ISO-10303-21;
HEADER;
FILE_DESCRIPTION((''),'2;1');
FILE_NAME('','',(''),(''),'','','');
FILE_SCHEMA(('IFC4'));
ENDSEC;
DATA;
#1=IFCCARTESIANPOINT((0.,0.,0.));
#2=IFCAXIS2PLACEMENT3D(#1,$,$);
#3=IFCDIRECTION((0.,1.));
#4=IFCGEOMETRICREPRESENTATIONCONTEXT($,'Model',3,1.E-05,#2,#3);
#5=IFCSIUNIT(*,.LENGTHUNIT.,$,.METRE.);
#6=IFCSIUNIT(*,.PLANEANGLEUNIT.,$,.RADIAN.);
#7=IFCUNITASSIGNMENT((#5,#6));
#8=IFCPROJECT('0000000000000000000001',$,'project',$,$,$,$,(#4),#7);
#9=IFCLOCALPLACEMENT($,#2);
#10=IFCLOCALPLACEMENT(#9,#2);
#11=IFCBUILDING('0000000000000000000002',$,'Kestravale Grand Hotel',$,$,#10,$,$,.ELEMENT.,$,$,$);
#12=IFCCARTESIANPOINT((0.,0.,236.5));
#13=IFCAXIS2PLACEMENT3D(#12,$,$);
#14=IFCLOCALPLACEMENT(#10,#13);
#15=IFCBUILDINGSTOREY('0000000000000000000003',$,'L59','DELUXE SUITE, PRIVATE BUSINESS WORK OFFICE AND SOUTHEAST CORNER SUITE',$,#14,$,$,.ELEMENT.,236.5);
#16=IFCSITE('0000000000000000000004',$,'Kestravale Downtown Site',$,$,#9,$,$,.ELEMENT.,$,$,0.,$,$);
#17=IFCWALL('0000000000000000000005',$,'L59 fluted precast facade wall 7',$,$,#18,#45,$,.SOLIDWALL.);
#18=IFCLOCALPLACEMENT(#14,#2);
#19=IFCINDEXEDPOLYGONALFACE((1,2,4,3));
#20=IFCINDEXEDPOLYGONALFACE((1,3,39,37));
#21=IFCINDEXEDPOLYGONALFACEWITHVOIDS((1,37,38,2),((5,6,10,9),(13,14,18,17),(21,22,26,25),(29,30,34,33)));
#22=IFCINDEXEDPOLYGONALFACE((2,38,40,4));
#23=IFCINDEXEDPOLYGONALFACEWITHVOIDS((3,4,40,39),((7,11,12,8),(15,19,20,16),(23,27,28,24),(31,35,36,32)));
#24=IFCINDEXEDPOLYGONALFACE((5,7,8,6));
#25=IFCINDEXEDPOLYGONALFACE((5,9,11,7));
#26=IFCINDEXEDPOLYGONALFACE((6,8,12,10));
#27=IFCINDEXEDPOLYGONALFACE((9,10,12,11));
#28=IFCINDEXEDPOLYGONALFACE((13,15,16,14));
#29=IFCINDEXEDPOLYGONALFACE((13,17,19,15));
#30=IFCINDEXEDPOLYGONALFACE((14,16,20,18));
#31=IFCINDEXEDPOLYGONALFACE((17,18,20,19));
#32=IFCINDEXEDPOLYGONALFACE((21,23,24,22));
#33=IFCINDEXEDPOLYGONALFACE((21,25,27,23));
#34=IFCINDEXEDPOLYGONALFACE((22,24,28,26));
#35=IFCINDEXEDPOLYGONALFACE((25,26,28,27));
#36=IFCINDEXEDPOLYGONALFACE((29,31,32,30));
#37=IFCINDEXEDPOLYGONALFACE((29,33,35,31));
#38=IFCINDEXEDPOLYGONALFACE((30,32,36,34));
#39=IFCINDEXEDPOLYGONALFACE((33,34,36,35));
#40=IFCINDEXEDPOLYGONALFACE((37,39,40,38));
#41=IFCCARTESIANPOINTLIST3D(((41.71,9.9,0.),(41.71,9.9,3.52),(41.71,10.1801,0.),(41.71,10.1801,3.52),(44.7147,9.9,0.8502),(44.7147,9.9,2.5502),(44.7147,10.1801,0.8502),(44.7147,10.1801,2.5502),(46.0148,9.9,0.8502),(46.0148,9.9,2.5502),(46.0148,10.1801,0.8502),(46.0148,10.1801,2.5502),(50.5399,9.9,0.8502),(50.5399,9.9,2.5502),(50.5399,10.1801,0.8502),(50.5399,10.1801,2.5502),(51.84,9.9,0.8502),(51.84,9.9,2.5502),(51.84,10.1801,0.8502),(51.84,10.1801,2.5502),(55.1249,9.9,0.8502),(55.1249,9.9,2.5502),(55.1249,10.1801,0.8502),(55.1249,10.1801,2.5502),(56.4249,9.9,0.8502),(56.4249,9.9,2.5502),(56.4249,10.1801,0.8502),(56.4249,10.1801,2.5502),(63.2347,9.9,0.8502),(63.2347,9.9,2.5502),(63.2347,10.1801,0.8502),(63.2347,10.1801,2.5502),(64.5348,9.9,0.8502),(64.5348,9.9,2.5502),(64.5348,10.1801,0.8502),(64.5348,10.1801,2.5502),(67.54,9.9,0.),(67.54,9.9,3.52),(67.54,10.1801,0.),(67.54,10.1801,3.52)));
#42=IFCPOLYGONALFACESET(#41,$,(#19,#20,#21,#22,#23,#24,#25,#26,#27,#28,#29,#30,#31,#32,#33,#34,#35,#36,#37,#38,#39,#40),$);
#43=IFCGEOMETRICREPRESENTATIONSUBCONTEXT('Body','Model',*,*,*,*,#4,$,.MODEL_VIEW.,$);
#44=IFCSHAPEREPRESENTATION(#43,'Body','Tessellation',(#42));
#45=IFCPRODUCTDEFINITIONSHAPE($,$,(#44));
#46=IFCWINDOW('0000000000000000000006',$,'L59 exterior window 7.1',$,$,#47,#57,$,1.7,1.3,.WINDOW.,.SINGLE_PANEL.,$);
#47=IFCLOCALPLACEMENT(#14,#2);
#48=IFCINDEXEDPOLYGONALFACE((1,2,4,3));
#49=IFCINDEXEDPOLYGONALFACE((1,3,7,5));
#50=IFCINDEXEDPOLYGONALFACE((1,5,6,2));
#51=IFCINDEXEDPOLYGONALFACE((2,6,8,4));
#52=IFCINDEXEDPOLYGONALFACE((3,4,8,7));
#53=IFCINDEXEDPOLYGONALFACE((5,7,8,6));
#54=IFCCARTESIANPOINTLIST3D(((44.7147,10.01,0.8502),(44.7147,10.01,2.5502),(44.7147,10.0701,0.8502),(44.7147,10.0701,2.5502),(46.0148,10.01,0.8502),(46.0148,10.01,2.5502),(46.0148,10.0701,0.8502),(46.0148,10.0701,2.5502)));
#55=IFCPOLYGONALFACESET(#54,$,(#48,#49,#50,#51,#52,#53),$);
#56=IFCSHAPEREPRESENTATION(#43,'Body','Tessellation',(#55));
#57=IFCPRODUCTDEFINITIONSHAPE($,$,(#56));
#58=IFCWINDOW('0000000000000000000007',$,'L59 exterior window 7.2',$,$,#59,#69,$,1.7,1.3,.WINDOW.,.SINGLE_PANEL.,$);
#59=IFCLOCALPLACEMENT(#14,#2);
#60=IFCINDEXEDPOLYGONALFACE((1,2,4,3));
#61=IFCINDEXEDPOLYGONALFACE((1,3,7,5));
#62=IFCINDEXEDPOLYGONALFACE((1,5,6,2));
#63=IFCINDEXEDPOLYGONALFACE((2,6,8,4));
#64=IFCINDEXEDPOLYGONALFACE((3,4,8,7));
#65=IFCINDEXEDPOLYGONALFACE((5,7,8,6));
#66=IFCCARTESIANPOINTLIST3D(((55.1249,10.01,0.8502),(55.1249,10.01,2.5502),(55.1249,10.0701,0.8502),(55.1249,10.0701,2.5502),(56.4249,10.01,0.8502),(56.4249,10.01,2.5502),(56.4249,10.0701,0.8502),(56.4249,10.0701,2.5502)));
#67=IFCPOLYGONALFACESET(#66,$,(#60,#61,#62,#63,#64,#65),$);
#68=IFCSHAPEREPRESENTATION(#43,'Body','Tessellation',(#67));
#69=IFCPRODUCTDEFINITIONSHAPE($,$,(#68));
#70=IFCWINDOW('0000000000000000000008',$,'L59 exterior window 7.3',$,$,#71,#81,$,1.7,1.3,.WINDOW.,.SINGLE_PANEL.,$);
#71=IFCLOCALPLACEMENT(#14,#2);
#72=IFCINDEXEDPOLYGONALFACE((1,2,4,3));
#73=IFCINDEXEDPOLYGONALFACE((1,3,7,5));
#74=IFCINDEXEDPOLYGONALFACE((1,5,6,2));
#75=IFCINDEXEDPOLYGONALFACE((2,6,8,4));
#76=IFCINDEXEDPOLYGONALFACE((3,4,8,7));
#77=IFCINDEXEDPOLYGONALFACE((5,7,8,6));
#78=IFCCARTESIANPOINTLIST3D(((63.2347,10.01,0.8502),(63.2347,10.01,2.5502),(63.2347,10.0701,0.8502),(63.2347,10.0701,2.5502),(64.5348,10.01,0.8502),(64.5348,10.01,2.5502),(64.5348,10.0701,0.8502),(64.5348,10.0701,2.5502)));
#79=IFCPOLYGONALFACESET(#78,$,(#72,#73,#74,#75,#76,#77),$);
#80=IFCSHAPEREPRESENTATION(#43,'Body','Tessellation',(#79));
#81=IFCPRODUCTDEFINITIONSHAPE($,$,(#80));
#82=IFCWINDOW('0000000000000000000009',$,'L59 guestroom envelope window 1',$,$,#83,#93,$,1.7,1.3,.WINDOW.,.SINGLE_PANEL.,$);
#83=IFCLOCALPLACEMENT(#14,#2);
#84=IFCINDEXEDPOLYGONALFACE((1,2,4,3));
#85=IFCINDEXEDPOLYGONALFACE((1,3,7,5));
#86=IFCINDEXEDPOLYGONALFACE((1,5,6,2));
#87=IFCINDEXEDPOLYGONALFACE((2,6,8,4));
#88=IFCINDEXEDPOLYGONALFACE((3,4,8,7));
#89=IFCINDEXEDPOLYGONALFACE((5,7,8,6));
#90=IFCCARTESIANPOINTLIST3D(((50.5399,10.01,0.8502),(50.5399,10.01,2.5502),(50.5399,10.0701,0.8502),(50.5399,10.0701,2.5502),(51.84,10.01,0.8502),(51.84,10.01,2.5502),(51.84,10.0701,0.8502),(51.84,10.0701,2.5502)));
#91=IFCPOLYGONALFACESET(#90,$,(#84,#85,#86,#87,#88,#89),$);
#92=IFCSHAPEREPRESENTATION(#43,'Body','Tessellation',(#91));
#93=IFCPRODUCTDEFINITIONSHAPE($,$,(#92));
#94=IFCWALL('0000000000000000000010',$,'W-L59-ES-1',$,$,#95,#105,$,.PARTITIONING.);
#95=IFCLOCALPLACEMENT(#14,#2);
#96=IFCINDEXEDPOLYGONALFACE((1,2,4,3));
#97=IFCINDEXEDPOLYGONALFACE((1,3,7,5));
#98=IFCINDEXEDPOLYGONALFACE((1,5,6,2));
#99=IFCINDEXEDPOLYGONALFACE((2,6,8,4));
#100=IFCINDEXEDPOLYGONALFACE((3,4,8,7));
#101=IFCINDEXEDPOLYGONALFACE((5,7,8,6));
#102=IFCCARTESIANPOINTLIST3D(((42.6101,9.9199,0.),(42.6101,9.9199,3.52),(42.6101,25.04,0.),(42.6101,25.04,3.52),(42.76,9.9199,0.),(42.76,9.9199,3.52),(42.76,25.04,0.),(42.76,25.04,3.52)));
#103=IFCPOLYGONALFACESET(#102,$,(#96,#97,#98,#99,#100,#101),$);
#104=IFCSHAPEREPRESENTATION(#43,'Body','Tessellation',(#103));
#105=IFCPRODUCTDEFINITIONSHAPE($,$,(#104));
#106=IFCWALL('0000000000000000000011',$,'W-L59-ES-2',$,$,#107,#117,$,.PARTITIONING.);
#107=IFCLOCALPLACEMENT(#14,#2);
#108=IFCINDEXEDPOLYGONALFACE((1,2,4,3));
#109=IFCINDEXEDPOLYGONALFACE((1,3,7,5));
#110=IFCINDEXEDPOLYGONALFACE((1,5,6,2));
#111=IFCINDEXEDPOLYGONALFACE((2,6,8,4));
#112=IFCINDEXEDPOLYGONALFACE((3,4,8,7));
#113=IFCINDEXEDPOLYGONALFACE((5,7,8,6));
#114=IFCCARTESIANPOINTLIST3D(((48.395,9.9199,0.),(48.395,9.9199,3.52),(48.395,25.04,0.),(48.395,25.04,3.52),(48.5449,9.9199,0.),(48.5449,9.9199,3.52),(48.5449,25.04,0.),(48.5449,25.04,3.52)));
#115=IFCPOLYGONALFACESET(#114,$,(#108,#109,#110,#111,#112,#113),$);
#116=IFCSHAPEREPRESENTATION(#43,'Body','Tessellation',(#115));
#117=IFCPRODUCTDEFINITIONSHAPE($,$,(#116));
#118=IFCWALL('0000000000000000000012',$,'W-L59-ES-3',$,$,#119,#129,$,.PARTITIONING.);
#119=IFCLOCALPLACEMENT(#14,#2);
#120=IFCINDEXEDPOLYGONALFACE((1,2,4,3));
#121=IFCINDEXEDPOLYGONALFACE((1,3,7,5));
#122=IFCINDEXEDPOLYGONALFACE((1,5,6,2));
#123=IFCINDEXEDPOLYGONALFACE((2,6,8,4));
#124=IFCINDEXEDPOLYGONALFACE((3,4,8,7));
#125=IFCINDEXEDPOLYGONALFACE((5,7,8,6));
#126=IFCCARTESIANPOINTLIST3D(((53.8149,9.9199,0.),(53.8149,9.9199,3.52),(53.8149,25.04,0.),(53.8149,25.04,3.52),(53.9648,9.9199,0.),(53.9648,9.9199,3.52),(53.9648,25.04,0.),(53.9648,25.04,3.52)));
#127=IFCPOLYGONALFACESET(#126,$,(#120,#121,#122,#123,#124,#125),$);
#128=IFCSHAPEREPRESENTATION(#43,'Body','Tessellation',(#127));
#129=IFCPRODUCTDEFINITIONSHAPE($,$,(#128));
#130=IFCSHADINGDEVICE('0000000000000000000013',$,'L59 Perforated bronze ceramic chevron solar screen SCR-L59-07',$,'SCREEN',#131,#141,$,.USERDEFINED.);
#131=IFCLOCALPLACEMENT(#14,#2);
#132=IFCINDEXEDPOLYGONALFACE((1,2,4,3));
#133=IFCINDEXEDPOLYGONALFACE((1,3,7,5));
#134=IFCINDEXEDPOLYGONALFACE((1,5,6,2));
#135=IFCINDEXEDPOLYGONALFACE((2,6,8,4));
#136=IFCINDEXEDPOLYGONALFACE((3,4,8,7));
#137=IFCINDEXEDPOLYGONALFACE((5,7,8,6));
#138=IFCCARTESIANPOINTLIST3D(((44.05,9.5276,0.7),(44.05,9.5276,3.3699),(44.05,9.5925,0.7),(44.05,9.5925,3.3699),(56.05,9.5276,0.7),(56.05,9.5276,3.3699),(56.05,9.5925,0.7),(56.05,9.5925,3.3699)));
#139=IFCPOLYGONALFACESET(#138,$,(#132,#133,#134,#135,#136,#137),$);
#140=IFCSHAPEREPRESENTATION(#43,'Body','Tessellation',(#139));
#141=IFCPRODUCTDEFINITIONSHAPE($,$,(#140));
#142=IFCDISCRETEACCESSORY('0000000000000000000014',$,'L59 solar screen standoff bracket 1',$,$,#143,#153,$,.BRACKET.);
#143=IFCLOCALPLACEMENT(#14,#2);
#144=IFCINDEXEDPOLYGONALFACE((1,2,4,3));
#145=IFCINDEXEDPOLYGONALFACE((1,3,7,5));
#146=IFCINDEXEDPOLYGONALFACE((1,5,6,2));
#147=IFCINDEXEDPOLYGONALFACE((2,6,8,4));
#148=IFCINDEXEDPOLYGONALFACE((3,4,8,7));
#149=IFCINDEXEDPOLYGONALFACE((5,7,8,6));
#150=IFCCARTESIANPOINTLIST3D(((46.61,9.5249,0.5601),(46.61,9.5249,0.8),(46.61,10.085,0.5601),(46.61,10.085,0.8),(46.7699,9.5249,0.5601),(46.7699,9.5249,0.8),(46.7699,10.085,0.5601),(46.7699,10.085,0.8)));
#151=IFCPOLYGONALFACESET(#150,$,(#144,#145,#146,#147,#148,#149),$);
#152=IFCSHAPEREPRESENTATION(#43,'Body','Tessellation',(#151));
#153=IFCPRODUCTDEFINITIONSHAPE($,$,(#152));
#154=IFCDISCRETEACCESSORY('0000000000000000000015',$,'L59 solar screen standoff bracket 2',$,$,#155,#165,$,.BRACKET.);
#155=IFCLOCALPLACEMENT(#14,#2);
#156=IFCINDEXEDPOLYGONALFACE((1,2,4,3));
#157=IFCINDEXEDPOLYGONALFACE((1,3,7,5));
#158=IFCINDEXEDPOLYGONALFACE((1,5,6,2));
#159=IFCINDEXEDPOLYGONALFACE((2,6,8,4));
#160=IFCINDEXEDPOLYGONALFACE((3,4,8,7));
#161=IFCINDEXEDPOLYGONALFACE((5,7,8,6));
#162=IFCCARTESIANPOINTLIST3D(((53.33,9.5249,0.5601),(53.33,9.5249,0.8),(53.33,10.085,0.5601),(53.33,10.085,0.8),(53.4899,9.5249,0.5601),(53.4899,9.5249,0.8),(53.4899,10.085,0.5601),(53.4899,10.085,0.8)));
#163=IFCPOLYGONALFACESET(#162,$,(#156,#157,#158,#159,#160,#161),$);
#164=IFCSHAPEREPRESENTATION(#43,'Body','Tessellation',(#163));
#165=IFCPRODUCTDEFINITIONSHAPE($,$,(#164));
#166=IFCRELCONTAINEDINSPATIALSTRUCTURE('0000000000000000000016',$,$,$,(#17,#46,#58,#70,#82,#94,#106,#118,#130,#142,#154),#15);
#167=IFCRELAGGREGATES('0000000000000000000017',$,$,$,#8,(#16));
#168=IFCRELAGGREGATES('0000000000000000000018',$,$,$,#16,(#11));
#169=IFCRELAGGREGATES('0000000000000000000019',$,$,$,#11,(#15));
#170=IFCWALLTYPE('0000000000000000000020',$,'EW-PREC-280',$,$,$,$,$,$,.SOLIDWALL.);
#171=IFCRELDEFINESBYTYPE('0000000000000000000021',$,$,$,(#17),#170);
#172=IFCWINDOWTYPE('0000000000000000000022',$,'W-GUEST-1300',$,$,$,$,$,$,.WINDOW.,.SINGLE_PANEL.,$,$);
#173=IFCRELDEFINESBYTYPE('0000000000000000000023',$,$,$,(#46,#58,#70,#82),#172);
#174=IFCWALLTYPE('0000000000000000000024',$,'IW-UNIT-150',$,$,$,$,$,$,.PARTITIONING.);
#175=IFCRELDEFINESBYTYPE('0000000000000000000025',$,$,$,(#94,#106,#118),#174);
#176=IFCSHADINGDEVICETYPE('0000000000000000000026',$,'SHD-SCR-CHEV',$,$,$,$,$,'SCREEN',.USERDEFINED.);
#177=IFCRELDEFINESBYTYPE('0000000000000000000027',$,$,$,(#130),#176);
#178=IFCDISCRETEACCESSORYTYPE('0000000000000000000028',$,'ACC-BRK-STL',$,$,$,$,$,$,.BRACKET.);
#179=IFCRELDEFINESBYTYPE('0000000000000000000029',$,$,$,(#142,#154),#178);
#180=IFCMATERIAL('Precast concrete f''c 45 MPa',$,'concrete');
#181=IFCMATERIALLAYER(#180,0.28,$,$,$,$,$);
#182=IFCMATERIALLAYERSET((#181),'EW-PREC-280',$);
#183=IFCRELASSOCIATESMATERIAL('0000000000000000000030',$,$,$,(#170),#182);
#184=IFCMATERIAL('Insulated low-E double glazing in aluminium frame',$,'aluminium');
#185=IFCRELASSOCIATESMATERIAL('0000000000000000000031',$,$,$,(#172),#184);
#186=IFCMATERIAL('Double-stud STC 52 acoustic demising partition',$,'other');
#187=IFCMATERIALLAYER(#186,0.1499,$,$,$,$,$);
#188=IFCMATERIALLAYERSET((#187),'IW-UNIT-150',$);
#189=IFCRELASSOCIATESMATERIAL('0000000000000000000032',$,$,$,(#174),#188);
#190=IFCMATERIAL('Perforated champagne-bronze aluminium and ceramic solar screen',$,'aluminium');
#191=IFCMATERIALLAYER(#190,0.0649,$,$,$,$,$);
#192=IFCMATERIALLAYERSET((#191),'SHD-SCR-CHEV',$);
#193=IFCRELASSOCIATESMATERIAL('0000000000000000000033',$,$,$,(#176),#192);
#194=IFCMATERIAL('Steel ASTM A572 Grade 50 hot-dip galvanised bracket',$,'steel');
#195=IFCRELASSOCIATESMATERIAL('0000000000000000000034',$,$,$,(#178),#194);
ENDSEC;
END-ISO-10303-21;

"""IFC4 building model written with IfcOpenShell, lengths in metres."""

from ifc_helpers import new_model, si_unit, direction, frame, frame_2d, origin, origin_2d, place, context, subcontext, project, spatial, rectangle, extrude, material, layer, layer_set, type_object, element, fill, save


model = new_model("IFC4")

# Units and contexts
model_context = context("Model", 3, precision=1e-05, world=origin(), true_north=direction((0.0, 1.0)))
body_context = subcontext(model_context, "Body", "Model", "MODEL_VIEW")
ifc_project = project(units=[si_unit("LENGTHUNIT", "METRE"), si_unit("PLANEANGLEUNIT", "RADIAN")], contexts=[model_context])

# Site, building, storey
site_placement = place(None, origin())
site = spatial("IfcSite", under=ifc_project, at=site_placement, Name="Kestravale Downtown Site", CompositionType="ELEMENT", RefElevation=0.0)
building_placement = place(site_placement, origin())
building = spatial("IfcBuilding", under=site, at=building_placement, Name="Kestravale Grand Hotel", CompositionType="ELEMENT")
storey_placement = place(building_placement, frame((0.0, 0.0, 236.5)))
storey = spatial("IfcBuildingStorey", under=building, at=storey_placement, Name="L59", Description="DELUXE SUITE, PRIVATE BUSINESS WORK OFFICE AND SOUTHEAST CORNER SUITE", CompositionType="ELEMENT", Elevation=236.5)

# Shared definitions
ifc_material_1 = material(Name="Precast concrete f'c 45 MPa", Category="concrete")
ifc_layer_1 = layer(ifc_material_1, 0.28)
ifc_layer_set_1 = layer_set([ifc_layer_1], Name="EW-PREC-280")
wall_type_1 = type_object("IfcWallType", Name="EW-PREC-280", PredefinedType="SOLIDWALL", material=ifc_layer_set_1)
ifc_material_2 = material(Name="Insulated low-E double glazing in aluminium frame", Category="aluminium")
window_type = type_object("IfcWindowType", Name="W-GUEST-1300", PartitioningType="SINGLE_PANEL", PredefinedType="WINDOW", material=ifc_material_2)

# Wall, openings, windows
wall_1_placement = place(storey_placement, frame((41.71, 10.04, 0.0), z_axis=(0.0, 0.0, 1.0), x_axis=(1.0, 0.0, 0.0)))
wall_1 = element("IfcWall", 1, at=wall_1_placement, inside=storey, type_object=wall_type_1, Name="L59 fluted precast facade wall 7", PredefinedType="SOLIDWALL", context=body_context, shape_type="SweptSolid", body=[
    extrude(rectangle(XDim=25.8301, YDim=0.28, at=frame_2d((12.915, 0.0))), origin(), (0.0, 0.0, 1.0), 3.52),
])
opening_1_placement = place(wall_1_placement, frame((3.0049, 0.0, 0.8501)))
opening_1 = element("IfcOpeningElement", 2, at=opening_1_placement, cuts=wall_1, PredefinedType="OPENING", context=body_context, shape_type="SweptSolid", body=[
    extrude(rectangle(XDim=1.3, YDim=1.7, at=frame_2d((0.6499, 0.8501))), frame((0.0, 0.1499, 0.0), z_axis=(0.0, -1.0, 0.0), x_axis=(1.0, 0.0, 0.0)), (0.0, 0.0, 1.0), 0.3),
])
opening_2_placement = place(wall_1_placement, frame((13.415, 0.0, 0.8501)))
opening_2 = element("IfcOpeningElement", 3, at=opening_2_placement, cuts=wall_1, PredefinedType="OPENING", context=body_context, shape_type="SweptSolid", body=[
    extrude(rectangle(XDim=1.3, YDim=1.7, at=frame_2d((0.6499, 0.8501))), frame((0.0, 0.1499, 0.0), z_axis=(0.0, -1.0, 0.0), x_axis=(1.0, 0.0, 0.0)), (0.0, 0.0, 1.0), 0.3),
])
opening_3_placement = place(wall_1_placement, frame((21.5249, 0.0, 0.8501)))
opening_3 = element("IfcOpeningElement", 4, at=opening_3_placement, cuts=wall_1, PredefinedType="OPENING", context=body_context, shape_type="SweptSolid", body=[
    extrude(rectangle(XDim=1.3, YDim=1.7, at=frame_2d((0.6499, 0.8501))), frame((0.0, 0.1499, 0.0), z_axis=(0.0, -1.0, 0.0), x_axis=(1.0, 0.0, 0.0)), (0.0, 0.0, 1.0), 0.3),
])
opening_4_placement = place(wall_1_placement, frame((8.8301, 0.0, 0.8501)))
opening_4 = element("IfcOpeningElement", 5, at=opening_4_placement, cuts=wall_1, PredefinedType="OPENING", context=body_context, shape_type="SweptSolid", body=[
    extrude(rectangle(XDim=1.3, YDim=1.7, at=frame_2d((0.6499, 0.8501))), frame((0.0, 0.1499, 0.0), z_axis=(0.0, -1.0, 0.0), x_axis=(1.0, 0.0, 0.0)), (0.0, 0.0, 1.0), 0.3),
])
window_1_placement = place(opening_1_placement, origin())
window_1 = element("IfcWindow", 6, at=window_1_placement, inside=storey, type_object=window_type, Name="L59 exterior window 7.1", OverallHeight=1.7, OverallWidth=1.3, PartitioningType="SINGLE_PANEL", PredefinedType="WINDOW", context=body_context, shape_type="SweptSolid", body=[
    extrude(rectangle(XDim=1.3, YDim=1.7, at=frame_2d((0.6499, 0.8501))), frame((0.0, 0.03, 0.0), z_axis=(0.0, -1.0, 0.0), x_axis=(1.0, 0.0, 0.0)), (0.0, 0.0, 1.0), 0.0601),
])
fill(opening_1, window_1)
window_2_placement = place(opening_2_placement, origin())
window_2 = element("IfcWindow", 7, at=window_2_placement, inside=storey, type_object=window_type, Name="L59 exterior window 7.2", OverallHeight=1.7, OverallWidth=1.3, PartitioningType="SINGLE_PANEL", PredefinedType="WINDOW", context=body_context, shape_type="SweptSolid", body=[
    extrude(rectangle(XDim=1.3, YDim=1.7, at=frame_2d((0.6499, 0.8501))), frame((0.0, 0.03, 0.0), z_axis=(0.0, -1.0, 0.0), x_axis=(1.0, 0.0, 0.0)), (0.0, 0.0, 1.0), 0.0601),
])
fill(opening_2, window_2)
window_3_placement = place(opening_3_placement, origin())
window_3 = element("IfcWindow", 8, at=window_3_placement, inside=storey, type_object=window_type, Name="L59 exterior window 7.3", OverallHeight=1.7, OverallWidth=1.3, PartitioningType="SINGLE_PANEL", PredefinedType="WINDOW", context=body_context, shape_type="SweptSolid", body=[
    extrude(rectangle(XDim=1.3, YDim=1.7, at=frame_2d((0.6499, 0.8501))), frame((0.0, 0.03, 0.0), z_axis=(0.0, -1.0, 0.0), x_axis=(1.0, 0.0, 0.0)), (0.0, 0.0, 1.0), 0.0601),
])
fill(opening_3, window_3)
window_4_placement = place(opening_4_placement, origin())
window_4 = element("IfcWindow", 9, at=window_4_placement, inside=storey, type_object=window_type, Name="L59 guestroom envelope window 1", OverallHeight=1.7, OverallWidth=1.3, PartitioningType="SINGLE_PANEL", PredefinedType="WINDOW", context=body_context, shape_type="SweptSolid", body=[
    extrude(rectangle(XDim=1.3, YDim=1.7, at=frame_2d((0.6499, 0.8501))), frame((0.0, 0.03, 0.0), z_axis=(0.0, -1.0, 0.0), x_axis=(1.0, 0.0, 0.0)), (0.0, 0.0, 1.0), 0.0601),
])
fill(opening_4, window_4)

# Walls
ifc_material_3 = material(Name="Double-stud STC 52 acoustic demising partition", Category="other")
ifc_layer_2 = layer(ifc_material_3, 0.1499)
ifc_layer_set_2 = layer_set([ifc_layer_2], Name="IW-UNIT-150")
wall_type_2 = type_object("IfcWallType", Name="IW-UNIT-150", PredefinedType="PARTITIONING", material=ifc_layer_set_2)
for number, where, z_axis, x_axis, name in (
    (10, (42.6851, 9.9199, 0.0), (0.0, 0.0, 1.0), (0.0, 1.0, 0.0), "W-L59-ES-1"),
    (11, (48.47, 9.9199, 0.0), (0.0, 0.0, 1.0), (0.0, 1.0, 0.0), "W-L59-ES-2"),
    (12, (53.8899, 9.9199, 0.0), (0.0, 0.0, 1.0), (0.0, 1.0, 0.0), "W-L59-ES-3"),
):
    element("IfcWall", number, at=place(storey_placement, frame(where, z_axis=z_axis, x_axis=x_axis)), inside=storey, type_object=wall_type_2, Name=name, PredefinedType="PARTITIONING", context=body_context, shape_type="SweptSolid", body=[
        extrude(rectangle(XDim=15.1201, YDim=0.1499, at=frame_2d((7.5601, 0.0))), origin(), (0.0, 0.0, 1.0), 3.52),
    ])

# Shading device
ifc_material_4 = material(Name="Perforated champagne-bronze aluminium and ceramic solar screen", Category="aluminium")
ifc_layer_3 = layer(ifc_material_4, 0.0649)
ifc_layer_set_3 = layer_set([ifc_layer_3], Name="SHD-SCR-CHEV")
shading_device_type = type_object("IfcShadingDeviceType", Name="SHD-SCR-CHEV", ElementType="SCREEN", PredefinedType="USERDEFINED", material=ifc_layer_set_3)
shading_device_placement = place(storey_placement, frame((50.05, 9.5601, 0.7), z_axis=(0.0, 0.0, 1.0), x_axis=(1.0, 0.0, 0.0)))
element("IfcShadingDevice", 13, at=shading_device_placement, inside=storey, type_object=shading_device_type, Name="L59 Perforated bronze ceramic chevron solar screen SCR-L59-07", ObjectType="SCREEN", PredefinedType="USERDEFINED", context=body_context, shape_type="SweptSolid", body=[
    extrude(rectangle(XDim=12.0, YDim=0.0649, at=origin_2d()), origin(), (0.0, 0.0, 1.0), 2.6699),
])

# Discrete accessories
ifc_material_5 = material(Name="Steel ASTM A572 Grade 50 hot-dip galvanised bracket", Category="steel")
discrete_accessory_type = type_object("IfcDiscreteAccessoryType", Name="ACC-BRK-STL", PredefinedType="BRACKET", material=ifc_material_5)
for number, where, z_axis, x_axis, name in (
    (14, (46.6899, 9.8049, 0.5601), (0.0, 0.0, 1.0), (1.0, 0.0, 0.0), "L59 solar screen standoff bracket 1"),
    (15, (53.4099, 9.8049, 0.5601), (0.0, 0.0, 1.0), (1.0, 0.0, 0.0), "L59 solar screen standoff bracket 2"),
):
    element("IfcDiscreteAccessory", number, at=place(storey_placement, frame(where, z_axis=z_axis, x_axis=x_axis)), inside=storey, type_object=discrete_accessory_type, Name=name, PredefinedType="BRACKET", context=body_context, shape_type="SweptSolid", body=[
        extrude(rectangle(XDim=0.1599, YDim=0.5601, at=origin_2d()), origin(), (0.0, 0.0, 1.0), 0.24),
    ])

save(model, "model.ifc")
